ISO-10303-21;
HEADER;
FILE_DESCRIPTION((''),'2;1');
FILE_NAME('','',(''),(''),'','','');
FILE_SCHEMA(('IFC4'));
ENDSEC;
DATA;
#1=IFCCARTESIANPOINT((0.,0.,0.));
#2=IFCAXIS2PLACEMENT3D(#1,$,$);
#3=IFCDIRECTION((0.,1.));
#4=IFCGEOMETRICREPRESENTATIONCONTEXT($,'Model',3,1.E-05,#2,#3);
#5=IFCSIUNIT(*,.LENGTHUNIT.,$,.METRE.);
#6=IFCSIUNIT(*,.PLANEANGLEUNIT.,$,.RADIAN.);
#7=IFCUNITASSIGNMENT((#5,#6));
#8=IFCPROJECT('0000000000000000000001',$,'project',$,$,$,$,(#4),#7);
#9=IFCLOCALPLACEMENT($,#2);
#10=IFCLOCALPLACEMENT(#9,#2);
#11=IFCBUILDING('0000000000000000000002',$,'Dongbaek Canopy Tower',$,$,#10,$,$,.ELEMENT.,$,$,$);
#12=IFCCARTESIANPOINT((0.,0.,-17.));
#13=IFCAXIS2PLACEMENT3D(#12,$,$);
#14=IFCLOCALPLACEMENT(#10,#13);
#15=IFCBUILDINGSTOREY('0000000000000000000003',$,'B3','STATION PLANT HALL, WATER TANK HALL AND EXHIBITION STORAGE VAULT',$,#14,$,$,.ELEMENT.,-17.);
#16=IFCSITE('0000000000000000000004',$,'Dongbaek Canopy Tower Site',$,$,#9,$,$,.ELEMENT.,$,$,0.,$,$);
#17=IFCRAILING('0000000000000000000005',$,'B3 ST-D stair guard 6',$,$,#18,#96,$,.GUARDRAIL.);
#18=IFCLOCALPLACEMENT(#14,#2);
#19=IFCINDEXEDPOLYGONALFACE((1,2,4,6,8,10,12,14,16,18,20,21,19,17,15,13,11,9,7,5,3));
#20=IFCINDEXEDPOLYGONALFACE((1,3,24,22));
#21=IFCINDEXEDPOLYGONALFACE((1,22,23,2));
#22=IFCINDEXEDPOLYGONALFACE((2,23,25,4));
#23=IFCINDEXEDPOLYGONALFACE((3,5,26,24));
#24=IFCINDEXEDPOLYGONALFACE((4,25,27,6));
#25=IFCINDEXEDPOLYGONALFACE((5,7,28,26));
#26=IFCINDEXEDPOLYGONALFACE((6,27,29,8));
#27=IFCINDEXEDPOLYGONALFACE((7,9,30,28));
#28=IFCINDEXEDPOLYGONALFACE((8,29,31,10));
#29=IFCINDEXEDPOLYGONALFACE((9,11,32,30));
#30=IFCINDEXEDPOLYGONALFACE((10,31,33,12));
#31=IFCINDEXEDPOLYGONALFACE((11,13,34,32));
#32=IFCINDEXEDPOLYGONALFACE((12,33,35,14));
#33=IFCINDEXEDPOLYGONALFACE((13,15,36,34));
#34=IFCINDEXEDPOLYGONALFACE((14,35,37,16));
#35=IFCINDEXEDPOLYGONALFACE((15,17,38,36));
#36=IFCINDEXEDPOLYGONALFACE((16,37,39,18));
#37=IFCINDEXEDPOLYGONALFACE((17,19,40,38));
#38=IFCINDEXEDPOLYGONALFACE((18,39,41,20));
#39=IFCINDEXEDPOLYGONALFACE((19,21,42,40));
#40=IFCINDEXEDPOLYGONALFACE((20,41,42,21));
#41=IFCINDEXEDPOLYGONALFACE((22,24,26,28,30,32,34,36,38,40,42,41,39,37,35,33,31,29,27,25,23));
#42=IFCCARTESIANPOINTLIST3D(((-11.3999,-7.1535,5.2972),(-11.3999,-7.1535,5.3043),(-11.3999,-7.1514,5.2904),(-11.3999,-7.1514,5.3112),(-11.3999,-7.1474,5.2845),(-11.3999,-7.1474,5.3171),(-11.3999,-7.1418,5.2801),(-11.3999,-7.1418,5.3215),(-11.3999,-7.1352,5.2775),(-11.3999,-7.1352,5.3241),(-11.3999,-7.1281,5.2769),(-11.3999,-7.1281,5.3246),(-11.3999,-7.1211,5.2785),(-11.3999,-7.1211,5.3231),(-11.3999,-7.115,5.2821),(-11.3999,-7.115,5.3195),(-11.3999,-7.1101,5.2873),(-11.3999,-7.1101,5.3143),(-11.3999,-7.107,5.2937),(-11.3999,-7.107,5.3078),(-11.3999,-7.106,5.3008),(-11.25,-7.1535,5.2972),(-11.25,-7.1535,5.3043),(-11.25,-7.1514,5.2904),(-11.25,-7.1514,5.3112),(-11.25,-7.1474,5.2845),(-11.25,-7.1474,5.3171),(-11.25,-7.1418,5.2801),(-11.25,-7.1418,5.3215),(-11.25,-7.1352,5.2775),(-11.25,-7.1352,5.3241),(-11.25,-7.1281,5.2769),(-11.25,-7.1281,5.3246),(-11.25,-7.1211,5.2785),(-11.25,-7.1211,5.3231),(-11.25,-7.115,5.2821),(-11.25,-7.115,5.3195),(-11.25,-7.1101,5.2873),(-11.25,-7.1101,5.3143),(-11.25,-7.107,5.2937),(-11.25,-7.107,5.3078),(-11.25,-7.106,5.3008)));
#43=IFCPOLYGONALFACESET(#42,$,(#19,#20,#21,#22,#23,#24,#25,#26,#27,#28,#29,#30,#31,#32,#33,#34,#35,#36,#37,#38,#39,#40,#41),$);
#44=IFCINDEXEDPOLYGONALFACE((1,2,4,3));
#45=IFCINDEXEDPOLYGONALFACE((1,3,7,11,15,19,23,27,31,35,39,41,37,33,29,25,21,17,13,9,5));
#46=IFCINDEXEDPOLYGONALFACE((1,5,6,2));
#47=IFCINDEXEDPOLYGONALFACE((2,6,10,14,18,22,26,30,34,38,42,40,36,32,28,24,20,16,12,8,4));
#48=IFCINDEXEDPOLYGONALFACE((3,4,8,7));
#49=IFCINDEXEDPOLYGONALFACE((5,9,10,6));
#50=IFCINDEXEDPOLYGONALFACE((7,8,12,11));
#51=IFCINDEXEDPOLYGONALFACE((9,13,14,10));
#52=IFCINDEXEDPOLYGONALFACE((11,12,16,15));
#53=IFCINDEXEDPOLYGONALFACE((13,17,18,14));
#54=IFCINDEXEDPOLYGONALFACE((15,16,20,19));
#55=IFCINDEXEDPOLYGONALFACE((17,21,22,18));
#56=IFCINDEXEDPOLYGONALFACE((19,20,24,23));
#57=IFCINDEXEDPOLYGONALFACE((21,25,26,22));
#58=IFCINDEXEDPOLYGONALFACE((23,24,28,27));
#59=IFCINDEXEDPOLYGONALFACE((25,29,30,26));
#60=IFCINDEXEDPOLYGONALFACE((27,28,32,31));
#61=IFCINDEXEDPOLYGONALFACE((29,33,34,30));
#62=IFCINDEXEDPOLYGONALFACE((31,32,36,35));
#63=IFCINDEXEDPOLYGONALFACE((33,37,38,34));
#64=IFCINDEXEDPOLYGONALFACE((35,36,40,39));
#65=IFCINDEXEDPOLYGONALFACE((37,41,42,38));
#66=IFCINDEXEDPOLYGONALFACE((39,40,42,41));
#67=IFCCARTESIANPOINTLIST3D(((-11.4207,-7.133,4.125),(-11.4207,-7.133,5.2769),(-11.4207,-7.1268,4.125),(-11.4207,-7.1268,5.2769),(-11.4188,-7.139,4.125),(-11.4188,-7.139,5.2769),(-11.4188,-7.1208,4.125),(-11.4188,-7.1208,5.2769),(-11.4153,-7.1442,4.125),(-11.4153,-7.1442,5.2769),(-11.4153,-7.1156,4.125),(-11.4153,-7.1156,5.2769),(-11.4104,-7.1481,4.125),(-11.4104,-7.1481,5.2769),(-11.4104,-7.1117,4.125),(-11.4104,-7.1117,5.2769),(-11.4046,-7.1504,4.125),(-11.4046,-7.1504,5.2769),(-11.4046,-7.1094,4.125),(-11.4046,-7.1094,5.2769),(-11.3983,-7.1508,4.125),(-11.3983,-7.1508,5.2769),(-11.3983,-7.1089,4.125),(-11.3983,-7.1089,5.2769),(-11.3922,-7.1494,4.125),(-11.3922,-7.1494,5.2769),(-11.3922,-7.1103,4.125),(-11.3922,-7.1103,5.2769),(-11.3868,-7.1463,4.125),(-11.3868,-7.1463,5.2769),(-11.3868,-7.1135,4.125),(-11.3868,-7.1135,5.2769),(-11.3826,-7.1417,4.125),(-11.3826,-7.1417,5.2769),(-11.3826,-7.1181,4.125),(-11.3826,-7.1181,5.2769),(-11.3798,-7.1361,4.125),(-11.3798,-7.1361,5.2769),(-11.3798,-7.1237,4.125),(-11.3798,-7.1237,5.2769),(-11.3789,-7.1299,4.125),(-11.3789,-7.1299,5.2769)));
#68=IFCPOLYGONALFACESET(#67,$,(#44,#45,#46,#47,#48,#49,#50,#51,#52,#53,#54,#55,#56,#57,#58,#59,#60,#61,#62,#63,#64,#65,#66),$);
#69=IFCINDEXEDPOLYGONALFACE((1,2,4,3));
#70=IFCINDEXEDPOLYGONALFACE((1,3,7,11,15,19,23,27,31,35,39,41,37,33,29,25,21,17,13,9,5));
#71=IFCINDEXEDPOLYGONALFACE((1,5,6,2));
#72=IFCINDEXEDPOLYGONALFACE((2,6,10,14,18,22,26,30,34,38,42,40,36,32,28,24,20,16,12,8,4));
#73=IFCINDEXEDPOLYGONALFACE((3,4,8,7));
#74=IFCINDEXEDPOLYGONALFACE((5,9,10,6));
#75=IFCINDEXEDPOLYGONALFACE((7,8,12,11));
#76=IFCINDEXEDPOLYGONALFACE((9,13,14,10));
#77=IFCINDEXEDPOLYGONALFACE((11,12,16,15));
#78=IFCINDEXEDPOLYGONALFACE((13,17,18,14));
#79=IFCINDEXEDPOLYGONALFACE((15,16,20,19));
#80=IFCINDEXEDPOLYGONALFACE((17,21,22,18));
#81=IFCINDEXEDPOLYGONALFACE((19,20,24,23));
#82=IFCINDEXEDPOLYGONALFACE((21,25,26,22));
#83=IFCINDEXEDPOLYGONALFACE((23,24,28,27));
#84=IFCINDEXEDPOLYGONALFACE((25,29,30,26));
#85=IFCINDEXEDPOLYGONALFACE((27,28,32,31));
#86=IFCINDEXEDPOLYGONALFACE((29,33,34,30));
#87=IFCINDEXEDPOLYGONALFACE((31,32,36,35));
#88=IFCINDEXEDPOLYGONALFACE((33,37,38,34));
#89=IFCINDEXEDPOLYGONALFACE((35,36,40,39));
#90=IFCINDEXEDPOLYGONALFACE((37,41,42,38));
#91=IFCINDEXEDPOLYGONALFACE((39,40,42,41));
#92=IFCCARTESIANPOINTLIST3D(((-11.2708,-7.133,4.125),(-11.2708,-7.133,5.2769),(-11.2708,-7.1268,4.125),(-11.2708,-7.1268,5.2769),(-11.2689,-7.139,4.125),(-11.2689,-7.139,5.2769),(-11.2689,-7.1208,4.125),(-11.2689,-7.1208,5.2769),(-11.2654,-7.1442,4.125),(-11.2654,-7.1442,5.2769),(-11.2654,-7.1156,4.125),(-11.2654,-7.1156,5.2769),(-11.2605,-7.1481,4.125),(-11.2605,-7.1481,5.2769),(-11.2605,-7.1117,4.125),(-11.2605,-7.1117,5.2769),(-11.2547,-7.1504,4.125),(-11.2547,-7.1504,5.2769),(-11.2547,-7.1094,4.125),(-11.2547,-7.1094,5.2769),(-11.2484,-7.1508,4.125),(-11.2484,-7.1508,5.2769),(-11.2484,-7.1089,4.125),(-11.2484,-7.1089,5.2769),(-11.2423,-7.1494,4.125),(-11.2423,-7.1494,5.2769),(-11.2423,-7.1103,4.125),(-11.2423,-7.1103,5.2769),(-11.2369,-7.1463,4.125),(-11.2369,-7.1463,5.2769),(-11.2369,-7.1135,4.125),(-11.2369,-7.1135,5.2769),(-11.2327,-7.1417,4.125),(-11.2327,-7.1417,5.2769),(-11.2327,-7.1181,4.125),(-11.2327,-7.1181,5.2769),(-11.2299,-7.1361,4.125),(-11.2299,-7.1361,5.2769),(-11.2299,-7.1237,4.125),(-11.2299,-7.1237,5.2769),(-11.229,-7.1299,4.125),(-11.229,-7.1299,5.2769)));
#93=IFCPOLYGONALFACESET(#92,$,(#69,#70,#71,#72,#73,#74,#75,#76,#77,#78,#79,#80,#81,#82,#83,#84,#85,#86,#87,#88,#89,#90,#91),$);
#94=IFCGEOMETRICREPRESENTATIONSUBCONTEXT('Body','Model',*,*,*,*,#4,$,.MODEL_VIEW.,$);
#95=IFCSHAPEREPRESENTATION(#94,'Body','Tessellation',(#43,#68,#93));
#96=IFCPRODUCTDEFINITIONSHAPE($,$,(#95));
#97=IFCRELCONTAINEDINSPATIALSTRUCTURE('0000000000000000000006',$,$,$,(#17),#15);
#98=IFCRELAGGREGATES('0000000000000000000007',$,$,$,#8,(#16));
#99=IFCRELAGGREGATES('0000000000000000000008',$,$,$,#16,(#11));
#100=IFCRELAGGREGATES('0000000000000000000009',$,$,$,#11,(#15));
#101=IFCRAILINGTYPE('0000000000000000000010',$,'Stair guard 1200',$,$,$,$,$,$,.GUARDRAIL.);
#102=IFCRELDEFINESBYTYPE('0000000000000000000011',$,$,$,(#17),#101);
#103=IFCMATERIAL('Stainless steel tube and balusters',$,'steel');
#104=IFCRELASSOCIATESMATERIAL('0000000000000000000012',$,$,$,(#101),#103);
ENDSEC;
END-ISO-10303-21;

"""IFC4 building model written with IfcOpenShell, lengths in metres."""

from ifc_helpers import new_model, si_unit, direction, frame, origin, origin_2d, place, context, subcontext, project, spatial, circle, extrude, material, type_object, element, save


model = new_model("IFC4")

# Units and contexts
model_context = context("Model", 3, precision=1e-05, world=origin(), true_north=direction((0.0, 1.0)))
body_context = subcontext(model_context, "Body", "Model", "MODEL_VIEW")
ifc_project = project(units=[si_unit("LENGTHUNIT", "METRE"), si_unit("PLANEANGLEUNIT", "RADIAN")], contexts=[model_context])

# Site, building, storey
site_placement = place(None, origin())
site = spatial("IfcSite", under=ifc_project, at=site_placement, Name="Dongbaek Canopy Tower Site", CompositionType="ELEMENT", RefElevation=0.0)
building_placement = place(site_placement, origin())
building = spatial("IfcBuilding", under=site, at=building_placement, Name="Dongbaek Canopy Tower", CompositionType="ELEMENT")
storey_placement = place(building_placement, frame((0.0, 0.0, -17.0)))
storey = spatial("IfcBuildingStorey", under=building, at=storey_placement, Name="B3", Description="STATION PLANT HALL, WATER TANK HALL AND EXHIBITION STORAGE VAULT", CompositionType="ELEMENT", Elevation=-17.0)

# Railing
ifc_material_1 = material(Name="Stainless steel tube and balusters", Category="steel")
railing_type = type_object("IfcRailingType", Name="Stair guard 1200", PredefinedType="GUARDRAIL", material=ifc_material_1)
railing_1_placement = place(storey_placement, frame((-11.3999, -7.1299, 4.125)))
element("IfcRailing", 1, at=railing_1_placement, inside=storey, type_object=railing_type, Name="B3 ST-D stair guard 6", PredefinedType="GUARDRAIL", context=body_context, shape_type="SweptSolid", body=[
    extrude(circle(Radius=0.0239, at=origin_2d()), frame((0.0, 0.0, 1.1758), z_axis=(1.0, 0.0, 0.0), x_axis=(0.0, 1.0, 0.0)), (0.0, 0.0, 1.0), 0.1499),
    extrude(circle(Radius=0.021, at=origin_2d()), origin(), (0.0, 0.0, 1.0), 1.1519),
    extrude(circle(Radius=0.021, at=origin_2d()), frame((0.1499, 0.0, 0.0)), (0.0, 0.0, 1.0), 1.1519),
])

save(model, "model.ifc")
